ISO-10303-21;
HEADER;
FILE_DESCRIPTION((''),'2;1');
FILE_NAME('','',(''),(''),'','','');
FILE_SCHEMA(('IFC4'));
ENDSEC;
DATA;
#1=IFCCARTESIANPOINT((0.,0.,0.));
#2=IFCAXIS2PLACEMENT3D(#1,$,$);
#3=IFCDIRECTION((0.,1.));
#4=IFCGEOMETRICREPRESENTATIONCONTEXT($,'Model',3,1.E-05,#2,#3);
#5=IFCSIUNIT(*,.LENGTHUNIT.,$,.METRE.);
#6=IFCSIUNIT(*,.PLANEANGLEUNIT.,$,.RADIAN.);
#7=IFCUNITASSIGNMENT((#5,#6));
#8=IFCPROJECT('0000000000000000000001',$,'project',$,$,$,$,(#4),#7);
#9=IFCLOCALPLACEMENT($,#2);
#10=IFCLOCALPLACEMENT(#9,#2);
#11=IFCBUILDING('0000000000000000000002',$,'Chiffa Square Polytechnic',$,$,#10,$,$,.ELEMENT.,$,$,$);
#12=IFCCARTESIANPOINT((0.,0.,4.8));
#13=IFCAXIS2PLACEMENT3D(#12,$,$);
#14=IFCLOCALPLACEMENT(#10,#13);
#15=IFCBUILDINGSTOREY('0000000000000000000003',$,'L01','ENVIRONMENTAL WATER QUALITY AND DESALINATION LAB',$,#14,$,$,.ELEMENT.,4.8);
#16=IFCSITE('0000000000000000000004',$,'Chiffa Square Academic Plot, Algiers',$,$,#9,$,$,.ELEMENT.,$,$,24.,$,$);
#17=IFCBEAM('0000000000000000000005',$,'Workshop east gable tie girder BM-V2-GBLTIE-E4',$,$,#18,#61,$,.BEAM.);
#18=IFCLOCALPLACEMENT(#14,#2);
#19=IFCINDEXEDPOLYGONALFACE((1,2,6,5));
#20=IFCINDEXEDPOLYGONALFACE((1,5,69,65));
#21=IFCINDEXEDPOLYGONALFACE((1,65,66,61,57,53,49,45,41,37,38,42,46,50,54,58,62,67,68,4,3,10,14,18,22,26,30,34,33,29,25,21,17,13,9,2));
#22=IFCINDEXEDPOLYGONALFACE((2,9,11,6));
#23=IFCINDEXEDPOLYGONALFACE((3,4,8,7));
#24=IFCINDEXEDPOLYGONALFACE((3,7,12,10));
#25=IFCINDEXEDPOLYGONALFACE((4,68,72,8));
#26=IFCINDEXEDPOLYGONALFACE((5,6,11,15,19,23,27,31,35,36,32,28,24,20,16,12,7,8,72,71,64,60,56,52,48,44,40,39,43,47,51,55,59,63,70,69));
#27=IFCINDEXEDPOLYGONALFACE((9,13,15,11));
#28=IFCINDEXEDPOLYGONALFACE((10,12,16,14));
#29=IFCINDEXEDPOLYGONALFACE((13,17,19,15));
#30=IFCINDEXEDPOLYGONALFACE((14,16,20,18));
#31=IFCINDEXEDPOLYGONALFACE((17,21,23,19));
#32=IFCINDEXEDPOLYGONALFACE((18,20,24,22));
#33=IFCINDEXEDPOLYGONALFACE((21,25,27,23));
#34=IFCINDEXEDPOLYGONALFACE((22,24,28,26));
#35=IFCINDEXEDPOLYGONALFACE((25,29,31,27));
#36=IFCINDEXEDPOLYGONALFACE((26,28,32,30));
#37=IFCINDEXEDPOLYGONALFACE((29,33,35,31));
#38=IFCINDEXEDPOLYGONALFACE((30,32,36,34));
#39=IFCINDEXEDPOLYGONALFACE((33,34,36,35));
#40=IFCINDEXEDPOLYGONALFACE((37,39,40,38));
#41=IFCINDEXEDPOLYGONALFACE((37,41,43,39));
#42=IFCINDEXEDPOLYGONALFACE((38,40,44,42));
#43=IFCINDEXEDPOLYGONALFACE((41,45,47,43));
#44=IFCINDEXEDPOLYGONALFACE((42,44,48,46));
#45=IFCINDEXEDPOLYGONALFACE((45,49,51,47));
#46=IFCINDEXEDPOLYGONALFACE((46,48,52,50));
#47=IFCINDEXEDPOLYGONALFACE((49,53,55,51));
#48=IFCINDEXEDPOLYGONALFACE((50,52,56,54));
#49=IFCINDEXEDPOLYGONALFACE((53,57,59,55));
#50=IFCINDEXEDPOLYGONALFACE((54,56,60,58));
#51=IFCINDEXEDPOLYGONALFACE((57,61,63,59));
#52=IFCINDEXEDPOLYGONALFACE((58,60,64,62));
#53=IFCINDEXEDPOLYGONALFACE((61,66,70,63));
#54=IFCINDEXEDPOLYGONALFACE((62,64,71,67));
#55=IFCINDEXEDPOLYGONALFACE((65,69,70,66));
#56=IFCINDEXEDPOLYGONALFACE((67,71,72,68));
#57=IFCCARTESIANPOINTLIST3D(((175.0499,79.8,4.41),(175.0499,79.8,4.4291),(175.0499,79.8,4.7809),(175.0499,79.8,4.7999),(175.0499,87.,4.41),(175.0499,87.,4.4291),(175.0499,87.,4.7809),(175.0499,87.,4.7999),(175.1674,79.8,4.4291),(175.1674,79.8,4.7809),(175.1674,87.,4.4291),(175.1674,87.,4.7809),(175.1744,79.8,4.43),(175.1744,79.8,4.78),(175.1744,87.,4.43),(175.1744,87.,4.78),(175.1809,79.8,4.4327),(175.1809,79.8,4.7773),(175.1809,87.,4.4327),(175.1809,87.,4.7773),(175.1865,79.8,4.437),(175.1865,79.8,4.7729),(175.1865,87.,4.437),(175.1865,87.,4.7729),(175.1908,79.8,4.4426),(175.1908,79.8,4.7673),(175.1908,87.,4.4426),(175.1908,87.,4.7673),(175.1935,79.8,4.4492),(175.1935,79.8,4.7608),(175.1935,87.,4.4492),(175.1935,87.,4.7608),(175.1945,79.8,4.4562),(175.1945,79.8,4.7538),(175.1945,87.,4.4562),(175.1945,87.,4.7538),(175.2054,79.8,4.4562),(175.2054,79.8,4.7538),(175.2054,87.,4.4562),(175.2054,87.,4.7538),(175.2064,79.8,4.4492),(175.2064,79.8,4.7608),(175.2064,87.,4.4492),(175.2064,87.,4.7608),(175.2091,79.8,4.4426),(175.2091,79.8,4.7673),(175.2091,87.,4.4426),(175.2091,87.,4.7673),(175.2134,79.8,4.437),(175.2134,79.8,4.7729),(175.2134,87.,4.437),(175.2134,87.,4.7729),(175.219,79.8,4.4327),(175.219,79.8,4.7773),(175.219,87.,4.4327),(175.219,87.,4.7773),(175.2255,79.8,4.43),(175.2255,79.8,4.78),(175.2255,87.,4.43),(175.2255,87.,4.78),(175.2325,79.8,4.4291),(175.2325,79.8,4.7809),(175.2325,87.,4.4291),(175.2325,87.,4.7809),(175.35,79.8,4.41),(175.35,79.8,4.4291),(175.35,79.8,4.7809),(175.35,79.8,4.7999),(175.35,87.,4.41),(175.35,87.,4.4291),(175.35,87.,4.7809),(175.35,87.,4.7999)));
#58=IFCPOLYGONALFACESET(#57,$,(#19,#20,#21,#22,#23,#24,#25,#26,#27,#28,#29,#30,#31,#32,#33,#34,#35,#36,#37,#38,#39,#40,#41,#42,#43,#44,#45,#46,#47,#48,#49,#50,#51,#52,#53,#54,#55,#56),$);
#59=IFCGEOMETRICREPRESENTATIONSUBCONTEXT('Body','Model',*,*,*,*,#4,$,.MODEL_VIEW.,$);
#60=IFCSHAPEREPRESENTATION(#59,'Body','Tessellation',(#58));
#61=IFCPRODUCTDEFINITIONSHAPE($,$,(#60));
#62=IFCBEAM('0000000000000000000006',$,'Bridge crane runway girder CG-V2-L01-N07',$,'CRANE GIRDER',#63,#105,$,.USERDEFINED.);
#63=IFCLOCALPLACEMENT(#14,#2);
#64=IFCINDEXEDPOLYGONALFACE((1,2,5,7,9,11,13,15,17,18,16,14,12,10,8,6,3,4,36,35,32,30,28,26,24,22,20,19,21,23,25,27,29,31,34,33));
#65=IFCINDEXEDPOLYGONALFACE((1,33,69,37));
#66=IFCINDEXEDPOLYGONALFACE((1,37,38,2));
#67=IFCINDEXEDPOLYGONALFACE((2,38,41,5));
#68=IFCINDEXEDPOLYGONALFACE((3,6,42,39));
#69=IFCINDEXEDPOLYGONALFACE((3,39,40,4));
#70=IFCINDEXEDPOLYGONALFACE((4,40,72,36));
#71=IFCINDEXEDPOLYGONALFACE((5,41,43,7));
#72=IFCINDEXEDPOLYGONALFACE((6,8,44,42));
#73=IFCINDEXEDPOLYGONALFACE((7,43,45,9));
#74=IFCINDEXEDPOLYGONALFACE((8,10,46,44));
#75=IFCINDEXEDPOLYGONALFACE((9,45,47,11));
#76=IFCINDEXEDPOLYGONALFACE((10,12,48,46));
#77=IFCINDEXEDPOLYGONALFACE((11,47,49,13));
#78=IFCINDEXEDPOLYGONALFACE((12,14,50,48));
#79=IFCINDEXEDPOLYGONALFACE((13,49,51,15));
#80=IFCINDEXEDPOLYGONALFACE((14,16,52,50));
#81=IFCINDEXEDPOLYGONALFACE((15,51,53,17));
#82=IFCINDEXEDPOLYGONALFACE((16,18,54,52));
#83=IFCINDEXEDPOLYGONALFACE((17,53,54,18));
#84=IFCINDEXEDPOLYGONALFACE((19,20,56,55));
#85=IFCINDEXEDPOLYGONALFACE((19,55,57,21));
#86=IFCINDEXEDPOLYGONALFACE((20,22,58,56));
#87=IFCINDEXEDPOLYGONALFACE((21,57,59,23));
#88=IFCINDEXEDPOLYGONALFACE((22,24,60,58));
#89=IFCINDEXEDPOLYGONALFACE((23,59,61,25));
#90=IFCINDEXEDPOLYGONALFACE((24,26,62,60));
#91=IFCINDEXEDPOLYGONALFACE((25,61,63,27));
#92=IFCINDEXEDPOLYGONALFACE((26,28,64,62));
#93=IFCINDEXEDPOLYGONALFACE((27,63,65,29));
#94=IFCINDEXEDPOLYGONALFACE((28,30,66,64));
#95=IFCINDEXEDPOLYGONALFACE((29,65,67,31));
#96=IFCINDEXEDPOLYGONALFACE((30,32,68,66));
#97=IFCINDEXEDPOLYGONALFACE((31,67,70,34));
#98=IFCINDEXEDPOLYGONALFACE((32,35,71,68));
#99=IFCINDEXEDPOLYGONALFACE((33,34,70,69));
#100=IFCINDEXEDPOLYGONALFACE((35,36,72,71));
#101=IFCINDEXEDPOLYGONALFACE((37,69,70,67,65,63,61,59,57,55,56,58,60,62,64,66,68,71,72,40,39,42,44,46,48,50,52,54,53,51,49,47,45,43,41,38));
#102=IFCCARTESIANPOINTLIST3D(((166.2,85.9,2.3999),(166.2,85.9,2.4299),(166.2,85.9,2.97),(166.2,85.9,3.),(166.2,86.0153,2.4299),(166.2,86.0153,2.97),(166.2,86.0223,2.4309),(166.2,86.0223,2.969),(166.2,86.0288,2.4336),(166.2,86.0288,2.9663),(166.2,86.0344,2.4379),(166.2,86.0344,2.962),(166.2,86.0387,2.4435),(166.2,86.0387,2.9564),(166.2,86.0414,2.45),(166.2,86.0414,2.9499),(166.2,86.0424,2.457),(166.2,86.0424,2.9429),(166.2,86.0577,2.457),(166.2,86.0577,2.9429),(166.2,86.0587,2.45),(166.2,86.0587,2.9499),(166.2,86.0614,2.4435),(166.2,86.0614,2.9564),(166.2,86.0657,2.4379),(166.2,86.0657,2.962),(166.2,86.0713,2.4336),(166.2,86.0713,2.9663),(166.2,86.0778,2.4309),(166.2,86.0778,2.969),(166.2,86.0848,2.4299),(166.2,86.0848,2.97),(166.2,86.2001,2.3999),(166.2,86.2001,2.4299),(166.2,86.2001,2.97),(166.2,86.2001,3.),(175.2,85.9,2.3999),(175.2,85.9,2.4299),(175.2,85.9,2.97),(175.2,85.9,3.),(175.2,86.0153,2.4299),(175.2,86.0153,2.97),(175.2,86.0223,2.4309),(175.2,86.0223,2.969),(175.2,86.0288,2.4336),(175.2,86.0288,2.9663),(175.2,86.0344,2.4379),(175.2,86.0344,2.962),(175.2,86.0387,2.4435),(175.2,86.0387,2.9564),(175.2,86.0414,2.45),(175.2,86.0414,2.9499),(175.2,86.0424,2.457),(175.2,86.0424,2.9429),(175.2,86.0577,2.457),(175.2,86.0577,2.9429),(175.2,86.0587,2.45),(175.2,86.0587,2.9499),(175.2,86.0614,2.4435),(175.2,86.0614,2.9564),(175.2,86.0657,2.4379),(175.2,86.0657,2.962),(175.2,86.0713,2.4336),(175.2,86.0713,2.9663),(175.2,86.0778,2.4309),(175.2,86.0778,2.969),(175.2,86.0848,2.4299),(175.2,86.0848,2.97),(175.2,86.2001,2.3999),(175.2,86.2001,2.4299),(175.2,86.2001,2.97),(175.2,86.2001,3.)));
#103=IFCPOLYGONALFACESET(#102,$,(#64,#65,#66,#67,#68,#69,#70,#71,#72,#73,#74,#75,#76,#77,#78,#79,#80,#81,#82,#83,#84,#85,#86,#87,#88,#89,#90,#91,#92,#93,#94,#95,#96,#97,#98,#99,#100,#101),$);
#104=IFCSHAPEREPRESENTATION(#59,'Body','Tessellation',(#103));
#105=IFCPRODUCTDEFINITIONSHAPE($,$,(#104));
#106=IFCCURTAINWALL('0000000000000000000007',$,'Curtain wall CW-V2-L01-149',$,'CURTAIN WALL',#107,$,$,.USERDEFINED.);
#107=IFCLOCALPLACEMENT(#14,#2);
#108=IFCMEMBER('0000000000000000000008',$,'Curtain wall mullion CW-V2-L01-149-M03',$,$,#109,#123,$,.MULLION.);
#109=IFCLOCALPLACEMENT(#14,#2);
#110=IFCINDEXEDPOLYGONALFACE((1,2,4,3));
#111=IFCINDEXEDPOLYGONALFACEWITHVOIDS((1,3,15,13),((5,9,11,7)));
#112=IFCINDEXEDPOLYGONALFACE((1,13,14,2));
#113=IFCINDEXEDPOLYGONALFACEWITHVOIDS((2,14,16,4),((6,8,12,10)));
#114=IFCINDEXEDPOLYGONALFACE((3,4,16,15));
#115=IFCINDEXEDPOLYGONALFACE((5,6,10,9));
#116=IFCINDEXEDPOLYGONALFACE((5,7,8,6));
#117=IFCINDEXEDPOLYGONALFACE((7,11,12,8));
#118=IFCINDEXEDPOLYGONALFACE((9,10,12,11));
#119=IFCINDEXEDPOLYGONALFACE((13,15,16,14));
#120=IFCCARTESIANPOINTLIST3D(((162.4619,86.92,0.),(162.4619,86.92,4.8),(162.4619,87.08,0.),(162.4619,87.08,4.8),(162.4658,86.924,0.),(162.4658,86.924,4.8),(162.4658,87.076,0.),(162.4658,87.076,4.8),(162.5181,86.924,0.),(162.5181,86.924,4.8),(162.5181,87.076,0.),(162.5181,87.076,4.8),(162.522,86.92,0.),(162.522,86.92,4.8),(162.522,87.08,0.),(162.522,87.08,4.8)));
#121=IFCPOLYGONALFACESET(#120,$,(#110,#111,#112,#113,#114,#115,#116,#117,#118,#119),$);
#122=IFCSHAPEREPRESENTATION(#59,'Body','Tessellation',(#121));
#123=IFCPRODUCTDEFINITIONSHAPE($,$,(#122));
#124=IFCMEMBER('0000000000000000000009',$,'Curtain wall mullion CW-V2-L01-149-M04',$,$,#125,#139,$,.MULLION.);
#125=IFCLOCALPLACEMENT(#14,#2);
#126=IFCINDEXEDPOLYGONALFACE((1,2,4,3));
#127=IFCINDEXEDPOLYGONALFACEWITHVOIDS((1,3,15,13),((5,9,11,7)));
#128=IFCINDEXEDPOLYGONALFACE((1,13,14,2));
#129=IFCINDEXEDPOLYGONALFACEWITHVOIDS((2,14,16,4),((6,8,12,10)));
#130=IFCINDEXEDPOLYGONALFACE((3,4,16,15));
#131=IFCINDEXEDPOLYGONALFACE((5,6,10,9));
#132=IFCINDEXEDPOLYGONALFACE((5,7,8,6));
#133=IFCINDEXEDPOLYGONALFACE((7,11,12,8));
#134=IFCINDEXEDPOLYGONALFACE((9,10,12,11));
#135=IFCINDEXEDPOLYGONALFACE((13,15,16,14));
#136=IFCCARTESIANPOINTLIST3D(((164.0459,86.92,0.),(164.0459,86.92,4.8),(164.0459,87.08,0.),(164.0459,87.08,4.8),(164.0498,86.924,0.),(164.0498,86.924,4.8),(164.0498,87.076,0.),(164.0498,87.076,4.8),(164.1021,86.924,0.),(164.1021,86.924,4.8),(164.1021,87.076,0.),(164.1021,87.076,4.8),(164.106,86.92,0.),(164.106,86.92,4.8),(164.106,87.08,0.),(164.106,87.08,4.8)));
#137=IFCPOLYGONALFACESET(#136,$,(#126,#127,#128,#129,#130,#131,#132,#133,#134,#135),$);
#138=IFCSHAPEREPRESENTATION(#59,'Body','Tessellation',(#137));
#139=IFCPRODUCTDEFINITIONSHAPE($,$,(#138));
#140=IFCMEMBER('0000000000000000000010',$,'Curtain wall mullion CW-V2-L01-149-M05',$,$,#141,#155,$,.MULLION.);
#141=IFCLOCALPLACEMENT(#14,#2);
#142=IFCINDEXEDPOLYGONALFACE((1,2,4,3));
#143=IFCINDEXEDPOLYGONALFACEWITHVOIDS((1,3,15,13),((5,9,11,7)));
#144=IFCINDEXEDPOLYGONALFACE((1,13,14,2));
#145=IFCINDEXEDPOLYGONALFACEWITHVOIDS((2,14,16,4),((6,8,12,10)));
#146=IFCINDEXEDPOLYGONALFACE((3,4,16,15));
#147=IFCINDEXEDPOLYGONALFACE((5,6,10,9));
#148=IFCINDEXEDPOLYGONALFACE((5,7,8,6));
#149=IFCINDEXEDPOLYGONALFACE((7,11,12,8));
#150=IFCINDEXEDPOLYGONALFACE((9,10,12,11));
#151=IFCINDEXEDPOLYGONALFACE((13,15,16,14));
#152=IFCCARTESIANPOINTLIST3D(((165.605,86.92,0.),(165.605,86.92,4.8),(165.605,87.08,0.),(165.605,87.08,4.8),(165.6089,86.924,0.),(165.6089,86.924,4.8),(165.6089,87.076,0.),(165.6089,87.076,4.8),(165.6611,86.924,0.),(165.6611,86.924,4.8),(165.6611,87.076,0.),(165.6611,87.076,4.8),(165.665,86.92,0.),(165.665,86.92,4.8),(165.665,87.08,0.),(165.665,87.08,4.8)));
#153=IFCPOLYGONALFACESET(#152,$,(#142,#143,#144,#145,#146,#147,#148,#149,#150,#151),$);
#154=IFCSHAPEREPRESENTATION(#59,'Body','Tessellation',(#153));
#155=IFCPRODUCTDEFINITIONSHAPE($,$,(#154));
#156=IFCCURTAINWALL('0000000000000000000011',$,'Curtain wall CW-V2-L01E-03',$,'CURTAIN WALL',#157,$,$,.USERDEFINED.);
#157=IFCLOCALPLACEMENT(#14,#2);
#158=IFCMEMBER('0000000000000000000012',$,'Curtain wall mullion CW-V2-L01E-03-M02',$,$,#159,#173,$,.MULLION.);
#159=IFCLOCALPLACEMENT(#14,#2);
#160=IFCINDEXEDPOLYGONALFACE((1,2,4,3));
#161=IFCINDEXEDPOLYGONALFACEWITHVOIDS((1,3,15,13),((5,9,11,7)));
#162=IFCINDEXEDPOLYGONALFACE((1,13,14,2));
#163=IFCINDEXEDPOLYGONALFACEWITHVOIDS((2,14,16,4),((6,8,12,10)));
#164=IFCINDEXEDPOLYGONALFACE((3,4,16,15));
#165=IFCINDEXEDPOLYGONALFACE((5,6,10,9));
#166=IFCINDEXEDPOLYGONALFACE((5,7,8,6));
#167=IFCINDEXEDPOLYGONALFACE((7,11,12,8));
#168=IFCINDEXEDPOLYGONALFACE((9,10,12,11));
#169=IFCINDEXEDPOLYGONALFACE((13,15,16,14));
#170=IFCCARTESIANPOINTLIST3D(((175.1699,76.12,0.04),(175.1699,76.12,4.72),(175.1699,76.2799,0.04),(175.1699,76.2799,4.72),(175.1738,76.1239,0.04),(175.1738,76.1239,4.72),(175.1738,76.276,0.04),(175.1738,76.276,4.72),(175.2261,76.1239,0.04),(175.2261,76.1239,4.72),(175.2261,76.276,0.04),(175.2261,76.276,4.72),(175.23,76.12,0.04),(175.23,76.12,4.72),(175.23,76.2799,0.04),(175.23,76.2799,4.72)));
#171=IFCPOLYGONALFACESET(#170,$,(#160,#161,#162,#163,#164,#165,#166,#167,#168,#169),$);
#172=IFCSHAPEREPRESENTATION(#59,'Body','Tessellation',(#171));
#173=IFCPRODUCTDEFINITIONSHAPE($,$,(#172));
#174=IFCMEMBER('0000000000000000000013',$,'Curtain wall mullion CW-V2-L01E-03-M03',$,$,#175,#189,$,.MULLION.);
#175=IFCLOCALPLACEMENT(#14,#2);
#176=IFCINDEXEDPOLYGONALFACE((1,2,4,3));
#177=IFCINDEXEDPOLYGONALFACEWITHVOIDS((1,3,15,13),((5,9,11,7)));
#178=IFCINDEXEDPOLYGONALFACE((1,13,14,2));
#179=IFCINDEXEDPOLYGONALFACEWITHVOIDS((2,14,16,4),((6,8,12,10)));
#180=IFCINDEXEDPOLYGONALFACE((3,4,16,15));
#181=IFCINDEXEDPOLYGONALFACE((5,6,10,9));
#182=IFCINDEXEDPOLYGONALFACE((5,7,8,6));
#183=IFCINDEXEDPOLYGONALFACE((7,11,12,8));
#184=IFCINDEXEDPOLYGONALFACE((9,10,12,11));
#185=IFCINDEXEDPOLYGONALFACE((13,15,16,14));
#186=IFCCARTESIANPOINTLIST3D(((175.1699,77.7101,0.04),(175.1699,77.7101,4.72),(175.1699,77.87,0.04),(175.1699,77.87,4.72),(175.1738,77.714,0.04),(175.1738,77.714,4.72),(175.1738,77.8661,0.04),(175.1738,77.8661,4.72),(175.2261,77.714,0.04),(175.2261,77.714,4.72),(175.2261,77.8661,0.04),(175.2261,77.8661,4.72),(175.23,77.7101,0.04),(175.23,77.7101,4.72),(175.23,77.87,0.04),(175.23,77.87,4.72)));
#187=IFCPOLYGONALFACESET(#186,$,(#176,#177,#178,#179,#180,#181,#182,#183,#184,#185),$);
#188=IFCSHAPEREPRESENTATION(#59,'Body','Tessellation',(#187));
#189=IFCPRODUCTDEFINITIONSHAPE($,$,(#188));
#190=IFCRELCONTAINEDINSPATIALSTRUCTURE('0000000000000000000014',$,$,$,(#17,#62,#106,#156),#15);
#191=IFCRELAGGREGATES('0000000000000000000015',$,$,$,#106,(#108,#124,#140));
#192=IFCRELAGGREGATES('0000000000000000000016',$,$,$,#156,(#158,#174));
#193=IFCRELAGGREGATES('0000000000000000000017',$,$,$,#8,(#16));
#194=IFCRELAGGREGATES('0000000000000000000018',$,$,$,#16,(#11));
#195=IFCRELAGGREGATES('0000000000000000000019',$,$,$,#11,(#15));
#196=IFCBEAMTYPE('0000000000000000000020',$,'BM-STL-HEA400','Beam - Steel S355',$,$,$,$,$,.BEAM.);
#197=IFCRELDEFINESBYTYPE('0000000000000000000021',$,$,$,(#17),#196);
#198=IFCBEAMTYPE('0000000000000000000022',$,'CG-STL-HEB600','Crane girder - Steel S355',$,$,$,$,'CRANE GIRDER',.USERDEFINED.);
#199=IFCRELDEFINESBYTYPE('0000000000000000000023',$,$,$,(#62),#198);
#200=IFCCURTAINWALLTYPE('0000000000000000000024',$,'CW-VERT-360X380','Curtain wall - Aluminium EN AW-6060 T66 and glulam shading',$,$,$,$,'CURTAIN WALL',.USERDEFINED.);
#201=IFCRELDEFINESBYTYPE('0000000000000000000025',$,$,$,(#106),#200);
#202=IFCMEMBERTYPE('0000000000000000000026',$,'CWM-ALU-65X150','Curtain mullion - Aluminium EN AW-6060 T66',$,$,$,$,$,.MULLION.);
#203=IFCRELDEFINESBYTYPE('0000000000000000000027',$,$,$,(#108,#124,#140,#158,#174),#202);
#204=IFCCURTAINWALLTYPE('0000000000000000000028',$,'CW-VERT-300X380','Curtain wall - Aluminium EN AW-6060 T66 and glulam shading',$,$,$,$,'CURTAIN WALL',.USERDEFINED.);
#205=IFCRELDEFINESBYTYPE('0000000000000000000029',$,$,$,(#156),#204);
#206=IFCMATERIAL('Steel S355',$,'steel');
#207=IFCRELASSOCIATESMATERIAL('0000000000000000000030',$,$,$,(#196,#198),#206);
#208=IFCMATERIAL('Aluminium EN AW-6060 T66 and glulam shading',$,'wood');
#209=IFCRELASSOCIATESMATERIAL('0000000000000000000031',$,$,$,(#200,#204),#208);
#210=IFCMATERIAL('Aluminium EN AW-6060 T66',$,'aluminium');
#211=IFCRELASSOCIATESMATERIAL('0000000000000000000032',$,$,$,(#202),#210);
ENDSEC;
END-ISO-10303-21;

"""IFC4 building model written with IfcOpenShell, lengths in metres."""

from ifc_helpers import new_model, si_unit, direction, frame, origin, origin_2d, place, context, subcontext, project, spatial, hollow_rectangle, i_section, extrude, material, material_profile, profile_set, type_object, element, aggregate, save


model = new_model("IFC4")

# Units and contexts
model_context = context("Model", 3, precision=1e-05, world=origin(), true_north=direction((0.0, 1.0)))
body_context = subcontext(model_context, "Body", "Model", "MODEL_VIEW")
ifc_project = project(units=[si_unit("LENGTHUNIT", "METRE"), si_unit("PLANEANGLEUNIT", "RADIAN")], contexts=[model_context])

# Site, building, storey
site_placement = place(None, origin())
site = spatial("IfcSite", under=ifc_project, at=site_placement, Name="Chiffa Square Academic Plot, Algiers", CompositionType="ELEMENT", RefElevation=24.0)
building_placement = place(site_placement, origin())
building = spatial("IfcBuilding", under=site, at=building_placement, Name="Chiffa Square Polytechnic", CompositionType="ELEMENT")
storey_placement = place(building_placement, frame((0.0, 0.0, 4.8)))
storey = spatial("IfcBuildingStorey", under=building, at=storey_placement, Name="L01", Description="ENVIRONMENTAL WATER QUALITY AND DESALINATION LAB", CompositionType="ELEMENT", Elevation=4.8)

# Shared definitions
ifc_material_1 = material(Name="Steel S355", Category="steel")

# Beams
ifc_material_profile_1 = material_profile(ifc_material_1, i_section(OverallWidth=0.3, OverallDepth=0.3899, WebThickness=0.011, FlangeThickness=0.019, FilletRadius=0.0271, at=origin_2d()), Name="HEA 400")
ifc_profile_set_1 = profile_set([ifc_material_profile_1], Name="Steel S355")
beam_type_1 = type_object("IfcBeamType", Name="BM-STL-HEA400", Description="Beam - Steel S355", PredefinedType="BEAM", material=ifc_profile_set_1)
beam_1_placement = place(storey_placement, frame((175.2, 79.8, 4.605), z_axis=(0.0, 1.0, 0.0), x_axis=(-1.0, 0.0, 0.0)))
element("IfcBeam", 1, at=beam_1_placement, inside=storey, type_object=beam_type_1, Name="Workshop east gable tie girder BM-V2-GBLTIE-E4", PredefinedType="BEAM", context=body_context, shape_type="SweptSolid", body=[
    extrude(i_section(OverallWidth=0.3, OverallDepth=0.3899, WebThickness=0.011, FlangeThickness=0.019, FilletRadius=0.0271, at=origin_2d()), origin(), (0.0, 0.0, 1.0), 7.2),
])
ifc_material_profile_2 = material_profile(ifc_material_1, i_section(OverallWidth=0.3, OverallDepth=0.6001, WebThickness=0.0154, FlangeThickness=0.03, FilletRadius=0.0271, at=origin_2d()), Name="HEB 600")
ifc_profile_set_2 = profile_set([ifc_material_profile_2], Name="Steel S355")
beam_type_2 = type_object("IfcBeamType", Name="CG-STL-HEB600", Description="Crane girder - Steel S355", ElementType="CRANE GIRDER", PredefinedType="USERDEFINED", material=ifc_profile_set_2)
beam_2_placement = place(storey_placement, frame((166.2, 86.05, 2.7), z_axis=(1.0, 0.0, 0.0), x_axis=(0.0, 1.0, 0.0)))
element("IfcBeam", 2, at=beam_2_placement, inside=storey, type_object=beam_type_2, Name="Bridge crane runway girder CG-V2-L01-N07", ObjectType="CRANE GIRDER", PredefinedType="USERDEFINED", context=body_context, shape_type="SweptSolid", body=[
    extrude(i_section(OverallWidth=0.3, OverallDepth=0.6001, WebThickness=0.0154, FlangeThickness=0.03, FilletRadius=0.0271, at=origin_2d()), origin(), (0.0, 0.0, 1.0), 9.0),
])

# Curtain walls, members
ifc_material_2 = material(Name="Aluminium EN AW-6060 T66 and glulam shading", Category="wood")
curtain_wall_type_1 = type_object("IfcCurtainWallType", Name="CW-VERT-360X380", Description="Curtain wall - Aluminium EN AW-6060 T66 and glulam shading", ElementType="CURTAIN WALL", PredefinedType="USERDEFINED", material=ifc_material_2)
curtain_wall_1_placement = place(storey_placement, origin())
curtain_wall_1 = element("IfcCurtainWall", 3, at=curtain_wall_1_placement, inside=storey, type_object=curtain_wall_type_1, Name="Curtain wall CW-V2-L01-149", ObjectType="CURTAIN WALL", PredefinedType="USERDEFINED")
ifc_material_3 = material(Name="Aluminium EN AW-6060 T66", Category="aluminium")
ifc_material_profile_3 = material_profile(ifc_material_3, hollow_rectangle(XDim=0.0601, YDim=0.1599, WallThickness=0.0039, at=origin_2d()), Name="ALU 60x160x4")
ifc_profile_set_3 = profile_set([ifc_material_profile_3], Name="Aluminium EN AW-6060 T66")
member_type_1 = type_object("IfcMemberType", Name="CWM-ALU-65X150", Description="Curtain mullion - Aluminium EN AW-6060 T66", PredefinedType="MULLION", material=ifc_profile_set_3)
member_1_placement = place(storey_placement, frame((162.4919, 87.0, 0.0), z_axis=(0.0, 0.0, 1.0), x_axis=(1.0, 0.0, 0.0)))
member_1 = element("IfcMember", 4, at=member_1_placement, type_object=member_type_1, Name="Curtain wall mullion CW-V2-L01-149-M03", PredefinedType="MULLION", context=body_context, shape_type="SweptSolid", body=[
    extrude(hollow_rectangle(XDim=0.0601, YDim=0.1599, WallThickness=0.0039, at=origin_2d()), origin(), (0.0, 0.0, 1.0), 4.8),
])
member_2_placement = place(storey_placement, frame((164.0759, 87.0, 0.0), z_axis=(0.0, 0.0, 1.0), x_axis=(1.0, 0.0, 0.0)))
member_2 = element("IfcMember", 5, at=member_2_placement, type_object=member_type_1, Name="Curtain wall mullion CW-V2-L01-149-M04", PredefinedType="MULLION", context=body_context, shape_type="SweptSolid", body=[
    extrude(hollow_rectangle(XDim=0.0601, YDim=0.1599, WallThickness=0.0039, at=origin_2d()), origin(), (0.0, 0.0, 1.0), 4.8),
])
member_3_placement = place(storey_placement, frame((165.635, 87.0, 0.0), z_axis=(0.0, 0.0, 1.0), x_axis=(1.0, 0.0, 0.0)))
member_3 = element("IfcMember", 6, at=member_3_placement, type_object=member_type_1, Name="Curtain wall mullion CW-V2-L01-149-M05", PredefinedType="MULLION", context=body_context, shape_type="SweptSolid", body=[
    extrude(hollow_rectangle(XDim=0.0601, YDim=0.1599, WallThickness=0.0039, at=origin_2d()), origin(), (0.0, 0.0, 1.0), 4.8),
])
curtain_wall_type_2 = type_object("IfcCurtainWallType", Name="CW-VERT-300X380", Description="Curtain wall - Aluminium EN AW-6060 T66 and glulam shading", ElementType="CURTAIN WALL", PredefinedType="USERDEFINED", material=ifc_material_2)
curtain_wall_2_placement = place(storey_placement, origin())
curtain_wall_2 = element("IfcCurtainWall", 7, at=curtain_wall_2_placement, inside=storey, type_object=curtain_wall_type_2, Name="Curtain wall CW-V2-L01E-03", ObjectType="CURTAIN WALL", PredefinedType="USERDEFINED")
member_4_placement = place(storey_placement, frame((175.2, 76.2, 0.04), z_axis=(0.0, 0.0, 1.0), x_axis=(1.0, 0.0, 0.0)))
member_4 = element("IfcMember", 8, at=member_4_placement, type_object=member_type_1, Name="Curtain wall mullion CW-V2-L01E-03-M02", PredefinedType="MULLION", context=body_context, shape_type="SweptSolid", body=[
    extrude(hollow_rectangle(XDim=0.0601, YDim=0.1599, WallThickness=0.0039, at=origin_2d()), origin(), (0.0, 0.0, 1.0), 4.6799),
])
member_5_placement = place(storey_placement, frame((175.2, 77.79, 0.04), z_axis=(0.0, 0.0, 1.0), x_axis=(1.0, 0.0, 0.0)))
member_5 = element("IfcMember", 9, at=member_5_placement, type_object=member_type_1, Name="Curtain wall mullion CW-V2-L01E-03-M03", PredefinedType="MULLION", context=body_context, shape_type="SweptSolid", body=[
    extrude(hollow_rectangle(XDim=0.0601, YDim=0.1599, WallThickness=0.0039, at=origin_2d()), origin(), (0.0, 0.0, 1.0), 4.6799),
])

aggregate(curtain_wall_1, [member_1, member_2, member_3])
aggregate(curtain_wall_2, [member_4, member_5])

save(model, "model.ifc")
